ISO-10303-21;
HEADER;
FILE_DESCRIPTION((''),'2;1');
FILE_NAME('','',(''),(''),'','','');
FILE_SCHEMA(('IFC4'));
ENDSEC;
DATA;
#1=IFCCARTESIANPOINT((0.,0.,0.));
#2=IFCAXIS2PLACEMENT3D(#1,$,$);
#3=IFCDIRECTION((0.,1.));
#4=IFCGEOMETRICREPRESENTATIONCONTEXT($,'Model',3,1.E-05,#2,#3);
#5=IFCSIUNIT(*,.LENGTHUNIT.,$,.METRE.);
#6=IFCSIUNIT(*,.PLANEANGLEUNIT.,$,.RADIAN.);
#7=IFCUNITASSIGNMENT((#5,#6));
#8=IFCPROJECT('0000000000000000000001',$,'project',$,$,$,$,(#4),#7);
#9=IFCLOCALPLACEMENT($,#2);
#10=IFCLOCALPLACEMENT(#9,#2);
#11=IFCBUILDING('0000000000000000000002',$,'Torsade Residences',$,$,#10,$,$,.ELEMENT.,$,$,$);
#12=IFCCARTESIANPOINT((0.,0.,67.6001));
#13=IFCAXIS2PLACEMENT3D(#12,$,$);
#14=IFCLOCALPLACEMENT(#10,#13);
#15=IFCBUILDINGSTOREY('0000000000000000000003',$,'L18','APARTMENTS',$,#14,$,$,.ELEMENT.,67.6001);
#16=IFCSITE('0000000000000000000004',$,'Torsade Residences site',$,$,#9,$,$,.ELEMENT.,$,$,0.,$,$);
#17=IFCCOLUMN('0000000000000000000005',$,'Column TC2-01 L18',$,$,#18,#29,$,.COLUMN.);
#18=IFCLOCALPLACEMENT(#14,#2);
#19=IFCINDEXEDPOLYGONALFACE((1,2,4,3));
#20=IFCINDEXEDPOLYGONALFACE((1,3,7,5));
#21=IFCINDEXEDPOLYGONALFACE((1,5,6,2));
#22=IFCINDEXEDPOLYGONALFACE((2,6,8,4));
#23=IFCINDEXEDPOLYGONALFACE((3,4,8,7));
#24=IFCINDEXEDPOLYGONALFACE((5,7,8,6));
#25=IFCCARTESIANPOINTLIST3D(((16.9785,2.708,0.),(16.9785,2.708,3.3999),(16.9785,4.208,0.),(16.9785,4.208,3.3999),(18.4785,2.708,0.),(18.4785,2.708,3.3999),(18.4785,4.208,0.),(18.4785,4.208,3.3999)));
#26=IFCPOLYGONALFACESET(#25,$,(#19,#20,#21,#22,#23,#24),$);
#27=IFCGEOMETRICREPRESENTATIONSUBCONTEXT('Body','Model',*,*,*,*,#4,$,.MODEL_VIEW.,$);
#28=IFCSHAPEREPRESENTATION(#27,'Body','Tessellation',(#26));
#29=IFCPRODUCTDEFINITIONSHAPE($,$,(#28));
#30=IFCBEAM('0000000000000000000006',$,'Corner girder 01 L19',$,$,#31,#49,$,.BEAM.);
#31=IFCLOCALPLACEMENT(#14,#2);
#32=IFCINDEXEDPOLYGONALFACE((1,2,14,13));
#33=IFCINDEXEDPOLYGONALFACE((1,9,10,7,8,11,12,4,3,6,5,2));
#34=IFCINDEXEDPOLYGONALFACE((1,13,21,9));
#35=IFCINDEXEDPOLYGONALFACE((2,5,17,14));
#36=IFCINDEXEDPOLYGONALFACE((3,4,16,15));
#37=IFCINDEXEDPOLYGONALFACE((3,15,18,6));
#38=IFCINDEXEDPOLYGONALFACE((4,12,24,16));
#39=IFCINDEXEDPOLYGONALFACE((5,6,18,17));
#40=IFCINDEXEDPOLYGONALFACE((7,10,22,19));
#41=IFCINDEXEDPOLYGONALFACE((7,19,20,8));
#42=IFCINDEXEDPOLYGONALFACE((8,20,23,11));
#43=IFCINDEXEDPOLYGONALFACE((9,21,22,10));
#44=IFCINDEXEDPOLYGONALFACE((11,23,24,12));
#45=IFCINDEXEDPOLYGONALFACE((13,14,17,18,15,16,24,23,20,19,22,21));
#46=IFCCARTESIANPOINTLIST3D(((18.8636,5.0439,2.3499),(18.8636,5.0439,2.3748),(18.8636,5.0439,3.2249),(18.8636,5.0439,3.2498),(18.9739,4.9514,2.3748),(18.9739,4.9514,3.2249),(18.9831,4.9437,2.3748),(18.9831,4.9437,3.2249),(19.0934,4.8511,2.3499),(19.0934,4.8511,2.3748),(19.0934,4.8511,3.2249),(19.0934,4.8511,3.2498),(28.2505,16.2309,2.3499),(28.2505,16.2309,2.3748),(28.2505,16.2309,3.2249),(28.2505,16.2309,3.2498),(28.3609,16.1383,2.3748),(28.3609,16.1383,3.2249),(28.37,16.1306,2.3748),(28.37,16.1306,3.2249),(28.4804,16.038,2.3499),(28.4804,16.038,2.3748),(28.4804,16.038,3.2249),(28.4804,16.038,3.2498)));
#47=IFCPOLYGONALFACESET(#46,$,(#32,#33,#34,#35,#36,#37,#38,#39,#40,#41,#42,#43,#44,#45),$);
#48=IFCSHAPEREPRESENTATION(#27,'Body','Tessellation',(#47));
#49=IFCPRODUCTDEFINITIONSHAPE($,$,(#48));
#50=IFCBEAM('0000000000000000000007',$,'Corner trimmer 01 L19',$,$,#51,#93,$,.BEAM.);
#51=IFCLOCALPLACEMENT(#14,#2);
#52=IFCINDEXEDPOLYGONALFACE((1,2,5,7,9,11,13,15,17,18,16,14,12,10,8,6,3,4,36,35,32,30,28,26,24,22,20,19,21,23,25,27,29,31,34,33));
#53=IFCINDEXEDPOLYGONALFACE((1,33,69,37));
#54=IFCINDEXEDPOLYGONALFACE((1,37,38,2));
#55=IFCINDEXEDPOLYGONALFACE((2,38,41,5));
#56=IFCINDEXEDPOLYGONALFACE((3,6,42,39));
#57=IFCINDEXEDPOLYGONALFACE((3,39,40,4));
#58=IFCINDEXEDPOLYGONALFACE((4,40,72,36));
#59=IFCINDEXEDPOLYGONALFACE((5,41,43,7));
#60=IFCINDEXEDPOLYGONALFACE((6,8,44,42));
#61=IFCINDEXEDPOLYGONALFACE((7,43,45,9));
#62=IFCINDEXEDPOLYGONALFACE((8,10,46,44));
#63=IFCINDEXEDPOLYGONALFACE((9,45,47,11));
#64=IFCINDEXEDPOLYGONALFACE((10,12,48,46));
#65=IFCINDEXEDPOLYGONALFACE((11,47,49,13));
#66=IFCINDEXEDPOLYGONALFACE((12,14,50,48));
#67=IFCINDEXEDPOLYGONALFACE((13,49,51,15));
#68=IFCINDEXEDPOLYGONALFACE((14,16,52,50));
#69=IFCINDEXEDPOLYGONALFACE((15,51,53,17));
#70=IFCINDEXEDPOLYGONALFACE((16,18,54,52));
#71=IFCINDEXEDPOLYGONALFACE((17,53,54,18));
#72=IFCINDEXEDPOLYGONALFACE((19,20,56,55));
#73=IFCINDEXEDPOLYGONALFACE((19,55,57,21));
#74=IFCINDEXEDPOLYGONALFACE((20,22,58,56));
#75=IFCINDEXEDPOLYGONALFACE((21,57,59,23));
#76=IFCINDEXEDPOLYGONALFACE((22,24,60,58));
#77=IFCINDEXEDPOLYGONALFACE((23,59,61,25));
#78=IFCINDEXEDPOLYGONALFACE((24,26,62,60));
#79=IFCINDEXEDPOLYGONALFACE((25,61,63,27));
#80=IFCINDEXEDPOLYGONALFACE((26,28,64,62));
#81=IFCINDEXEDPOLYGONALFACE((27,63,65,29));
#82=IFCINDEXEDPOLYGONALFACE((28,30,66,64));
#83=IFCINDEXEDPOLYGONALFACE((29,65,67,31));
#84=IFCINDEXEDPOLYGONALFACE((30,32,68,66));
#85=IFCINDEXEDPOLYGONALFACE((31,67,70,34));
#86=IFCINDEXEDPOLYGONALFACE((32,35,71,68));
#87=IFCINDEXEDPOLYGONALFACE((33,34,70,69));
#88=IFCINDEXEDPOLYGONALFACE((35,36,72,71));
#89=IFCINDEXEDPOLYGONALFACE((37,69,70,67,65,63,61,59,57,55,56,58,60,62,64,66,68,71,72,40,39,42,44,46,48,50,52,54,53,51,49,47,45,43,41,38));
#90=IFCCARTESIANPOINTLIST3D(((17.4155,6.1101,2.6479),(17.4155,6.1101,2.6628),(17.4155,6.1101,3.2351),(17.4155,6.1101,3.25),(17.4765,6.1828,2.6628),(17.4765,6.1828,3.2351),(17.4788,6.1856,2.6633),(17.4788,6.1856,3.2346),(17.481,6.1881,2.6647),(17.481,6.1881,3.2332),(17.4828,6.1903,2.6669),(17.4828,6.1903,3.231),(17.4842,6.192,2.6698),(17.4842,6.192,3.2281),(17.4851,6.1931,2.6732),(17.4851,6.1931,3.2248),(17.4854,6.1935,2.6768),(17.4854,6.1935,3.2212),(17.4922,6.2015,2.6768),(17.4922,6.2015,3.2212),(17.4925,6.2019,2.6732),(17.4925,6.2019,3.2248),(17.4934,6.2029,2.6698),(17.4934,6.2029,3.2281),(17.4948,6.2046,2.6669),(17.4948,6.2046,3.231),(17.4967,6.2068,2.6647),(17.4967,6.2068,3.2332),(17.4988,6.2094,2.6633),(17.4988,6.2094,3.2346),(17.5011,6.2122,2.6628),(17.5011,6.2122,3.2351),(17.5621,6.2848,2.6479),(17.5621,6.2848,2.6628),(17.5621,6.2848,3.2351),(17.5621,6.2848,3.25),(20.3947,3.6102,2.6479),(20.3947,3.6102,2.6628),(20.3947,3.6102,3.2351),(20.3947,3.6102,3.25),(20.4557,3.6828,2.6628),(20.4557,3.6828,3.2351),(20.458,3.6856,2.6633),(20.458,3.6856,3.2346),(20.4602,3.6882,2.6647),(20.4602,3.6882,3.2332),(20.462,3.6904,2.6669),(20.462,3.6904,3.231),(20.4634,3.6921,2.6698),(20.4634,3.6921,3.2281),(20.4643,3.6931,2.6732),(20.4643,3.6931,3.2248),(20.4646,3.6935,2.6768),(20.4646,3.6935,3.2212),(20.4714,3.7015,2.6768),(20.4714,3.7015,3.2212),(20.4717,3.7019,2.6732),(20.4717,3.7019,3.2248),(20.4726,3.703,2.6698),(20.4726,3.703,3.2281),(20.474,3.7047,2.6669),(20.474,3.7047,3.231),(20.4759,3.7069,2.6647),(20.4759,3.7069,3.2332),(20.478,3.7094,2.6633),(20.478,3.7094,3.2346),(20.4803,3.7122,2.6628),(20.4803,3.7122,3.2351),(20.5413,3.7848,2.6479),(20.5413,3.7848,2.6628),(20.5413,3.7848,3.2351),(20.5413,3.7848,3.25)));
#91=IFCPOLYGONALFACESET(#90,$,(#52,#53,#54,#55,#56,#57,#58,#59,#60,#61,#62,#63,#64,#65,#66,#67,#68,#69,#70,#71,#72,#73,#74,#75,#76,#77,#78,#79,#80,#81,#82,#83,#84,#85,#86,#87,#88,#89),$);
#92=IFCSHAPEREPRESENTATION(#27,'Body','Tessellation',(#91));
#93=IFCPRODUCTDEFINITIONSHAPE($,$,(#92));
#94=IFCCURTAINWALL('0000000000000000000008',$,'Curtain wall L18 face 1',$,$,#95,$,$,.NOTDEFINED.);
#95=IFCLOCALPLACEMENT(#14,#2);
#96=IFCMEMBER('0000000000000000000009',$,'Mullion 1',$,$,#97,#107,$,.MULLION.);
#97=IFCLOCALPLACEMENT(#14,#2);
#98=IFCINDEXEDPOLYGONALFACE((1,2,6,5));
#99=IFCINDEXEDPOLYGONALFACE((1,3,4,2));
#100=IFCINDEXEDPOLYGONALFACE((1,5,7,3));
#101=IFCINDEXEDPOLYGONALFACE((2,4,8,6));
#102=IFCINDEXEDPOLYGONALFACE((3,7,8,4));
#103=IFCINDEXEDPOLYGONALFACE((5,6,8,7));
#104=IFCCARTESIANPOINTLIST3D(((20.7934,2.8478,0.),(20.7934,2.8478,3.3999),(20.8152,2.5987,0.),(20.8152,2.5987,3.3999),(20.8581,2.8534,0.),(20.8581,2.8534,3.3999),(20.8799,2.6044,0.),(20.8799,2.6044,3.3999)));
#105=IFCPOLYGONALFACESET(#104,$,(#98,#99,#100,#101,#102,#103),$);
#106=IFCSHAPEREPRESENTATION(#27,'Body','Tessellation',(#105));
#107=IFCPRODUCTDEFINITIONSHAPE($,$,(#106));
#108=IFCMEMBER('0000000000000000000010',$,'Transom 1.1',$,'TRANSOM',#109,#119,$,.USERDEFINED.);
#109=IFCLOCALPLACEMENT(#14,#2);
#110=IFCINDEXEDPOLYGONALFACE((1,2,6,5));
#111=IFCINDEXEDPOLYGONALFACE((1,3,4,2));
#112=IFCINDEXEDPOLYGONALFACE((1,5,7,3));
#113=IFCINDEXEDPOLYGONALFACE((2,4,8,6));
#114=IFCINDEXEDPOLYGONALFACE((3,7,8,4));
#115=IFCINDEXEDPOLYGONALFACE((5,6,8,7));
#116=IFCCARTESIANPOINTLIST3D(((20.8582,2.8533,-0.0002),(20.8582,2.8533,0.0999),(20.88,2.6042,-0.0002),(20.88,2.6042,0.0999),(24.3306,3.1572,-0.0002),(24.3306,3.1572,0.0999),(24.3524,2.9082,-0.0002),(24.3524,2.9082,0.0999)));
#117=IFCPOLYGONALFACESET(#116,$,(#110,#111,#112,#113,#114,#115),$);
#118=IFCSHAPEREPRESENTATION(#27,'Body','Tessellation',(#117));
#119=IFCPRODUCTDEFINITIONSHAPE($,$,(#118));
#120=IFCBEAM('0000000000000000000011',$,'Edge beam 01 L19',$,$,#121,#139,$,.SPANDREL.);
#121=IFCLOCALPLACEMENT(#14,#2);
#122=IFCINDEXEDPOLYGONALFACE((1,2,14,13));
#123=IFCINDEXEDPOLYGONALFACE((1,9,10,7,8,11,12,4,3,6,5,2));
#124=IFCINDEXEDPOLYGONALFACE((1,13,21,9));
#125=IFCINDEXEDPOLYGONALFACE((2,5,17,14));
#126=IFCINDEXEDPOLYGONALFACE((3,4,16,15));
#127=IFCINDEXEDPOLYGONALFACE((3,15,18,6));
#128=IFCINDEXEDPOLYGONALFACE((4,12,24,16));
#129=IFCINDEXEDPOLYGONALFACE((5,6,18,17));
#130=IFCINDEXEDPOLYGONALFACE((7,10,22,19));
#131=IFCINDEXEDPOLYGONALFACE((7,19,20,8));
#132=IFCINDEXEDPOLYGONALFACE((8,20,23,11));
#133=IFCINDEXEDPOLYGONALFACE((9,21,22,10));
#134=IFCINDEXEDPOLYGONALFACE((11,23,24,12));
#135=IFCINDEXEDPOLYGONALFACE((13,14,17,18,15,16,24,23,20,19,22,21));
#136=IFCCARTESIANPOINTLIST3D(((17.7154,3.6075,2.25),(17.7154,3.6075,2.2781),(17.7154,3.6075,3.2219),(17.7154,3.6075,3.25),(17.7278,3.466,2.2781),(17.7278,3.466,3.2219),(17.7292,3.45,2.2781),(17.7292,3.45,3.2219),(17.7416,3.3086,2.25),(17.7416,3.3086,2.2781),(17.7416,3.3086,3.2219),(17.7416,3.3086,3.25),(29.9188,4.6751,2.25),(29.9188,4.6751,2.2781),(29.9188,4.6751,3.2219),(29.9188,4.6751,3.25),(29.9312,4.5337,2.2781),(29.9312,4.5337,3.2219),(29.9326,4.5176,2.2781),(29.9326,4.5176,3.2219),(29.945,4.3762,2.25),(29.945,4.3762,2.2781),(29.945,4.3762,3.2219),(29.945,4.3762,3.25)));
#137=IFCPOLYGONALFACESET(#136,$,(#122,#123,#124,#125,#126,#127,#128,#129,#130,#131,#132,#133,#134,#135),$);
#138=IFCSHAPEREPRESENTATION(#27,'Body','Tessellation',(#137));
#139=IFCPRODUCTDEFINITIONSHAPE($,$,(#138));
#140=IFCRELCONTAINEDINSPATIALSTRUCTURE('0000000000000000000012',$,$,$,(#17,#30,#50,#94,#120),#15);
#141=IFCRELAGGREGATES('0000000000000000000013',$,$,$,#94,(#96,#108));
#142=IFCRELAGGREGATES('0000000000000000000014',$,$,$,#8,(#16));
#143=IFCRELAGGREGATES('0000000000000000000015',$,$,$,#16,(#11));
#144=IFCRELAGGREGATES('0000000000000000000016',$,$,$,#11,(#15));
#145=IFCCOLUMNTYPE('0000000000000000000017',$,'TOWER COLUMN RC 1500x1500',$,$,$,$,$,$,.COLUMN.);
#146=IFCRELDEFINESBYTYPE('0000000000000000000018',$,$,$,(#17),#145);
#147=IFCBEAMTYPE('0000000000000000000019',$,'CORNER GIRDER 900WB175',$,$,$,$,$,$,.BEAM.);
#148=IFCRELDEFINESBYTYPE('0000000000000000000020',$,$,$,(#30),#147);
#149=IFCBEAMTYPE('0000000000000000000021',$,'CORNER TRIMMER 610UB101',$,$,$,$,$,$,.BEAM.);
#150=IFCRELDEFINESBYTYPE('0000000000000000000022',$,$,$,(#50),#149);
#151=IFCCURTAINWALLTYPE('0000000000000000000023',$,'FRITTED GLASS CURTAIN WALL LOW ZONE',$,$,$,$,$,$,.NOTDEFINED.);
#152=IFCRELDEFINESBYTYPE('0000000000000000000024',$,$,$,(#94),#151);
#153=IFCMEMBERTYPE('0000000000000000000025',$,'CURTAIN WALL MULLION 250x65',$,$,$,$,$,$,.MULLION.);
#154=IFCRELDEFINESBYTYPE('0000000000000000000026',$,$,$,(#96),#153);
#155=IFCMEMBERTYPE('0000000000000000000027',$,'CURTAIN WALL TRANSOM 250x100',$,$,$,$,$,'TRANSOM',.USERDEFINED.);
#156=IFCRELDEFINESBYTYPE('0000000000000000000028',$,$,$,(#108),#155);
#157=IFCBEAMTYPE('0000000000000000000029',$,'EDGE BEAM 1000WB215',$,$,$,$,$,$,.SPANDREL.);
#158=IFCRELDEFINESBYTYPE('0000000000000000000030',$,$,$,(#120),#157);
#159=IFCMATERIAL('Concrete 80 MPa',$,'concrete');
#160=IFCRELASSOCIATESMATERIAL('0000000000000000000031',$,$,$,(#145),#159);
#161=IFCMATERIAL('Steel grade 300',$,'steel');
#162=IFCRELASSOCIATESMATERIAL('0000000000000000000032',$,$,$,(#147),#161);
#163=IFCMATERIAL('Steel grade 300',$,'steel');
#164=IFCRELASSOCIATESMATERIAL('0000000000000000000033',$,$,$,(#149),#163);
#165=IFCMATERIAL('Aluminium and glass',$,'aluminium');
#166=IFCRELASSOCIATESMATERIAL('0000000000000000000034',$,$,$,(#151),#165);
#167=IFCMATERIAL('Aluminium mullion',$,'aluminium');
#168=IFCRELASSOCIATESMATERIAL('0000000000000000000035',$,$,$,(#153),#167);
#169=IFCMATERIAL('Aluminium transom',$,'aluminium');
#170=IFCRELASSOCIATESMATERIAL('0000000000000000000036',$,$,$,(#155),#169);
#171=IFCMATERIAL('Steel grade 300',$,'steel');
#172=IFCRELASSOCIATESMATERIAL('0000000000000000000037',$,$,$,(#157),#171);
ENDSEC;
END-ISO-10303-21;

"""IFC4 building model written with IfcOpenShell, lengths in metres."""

from ifc_helpers import new_model, si_unit, direction, frame, origin, origin_2d, place, context, subcontext, project, spatial, rectangle, i_section, extrude, material, material_profile, profile_set, type_object, element, aggregate, save


model = new_model("IFC4")

# Units and contexts
model_context = context("Model", 3, precision=1e-05, world=origin(), true_north=direction((0.0, 1.0)))
body_context = subcontext(model_context, "Body", "Model", "MODEL_VIEW")
ifc_project = project(units=[si_unit("LENGTHUNIT", "METRE"), si_unit("PLANEANGLEUNIT", "RADIAN")], contexts=[model_context])

# Site, building, storey
site_placement = place(None, origin())
site = spatial("IfcSite", under=ifc_project, at=site_placement, Name="Torsade Residences site", CompositionType="ELEMENT", RefElevation=0.0)
building_placement = place(site_placement, origin())
building = spatial("IfcBuilding", under=site, at=building_placement, Name="Torsade Residences", CompositionType="ELEMENT")
storey_placement = place(building_placement, frame((0.0, 0.0, 67.6001)))
storey = spatial("IfcBuildingStorey", under=building, at=storey_placement, Name="L18", Description="APARTMENTS", CompositionType="ELEMENT", Elevation=67.6001)

# Column
ifc_material_1 = material(Name="Concrete 80 MPa", Category="concrete")
ifc_material_profile_1 = material_profile(ifc_material_1, rectangle(XDim=1.5, YDim=1.5, at=origin_2d()), Name="RC 1500x1500")
ifc_profile_set_1 = profile_set([ifc_material_profile_1], Name="Concrete 80 MPa")
column_type = type_object("IfcColumnType", Name="TOWER COLUMN RC 1500x1500", PredefinedType="COLUMN", material=ifc_profile_set_1)
column_placement = place(storey_placement, frame((17.7285, 3.458, 0.0), z_axis=(0.0, 0.0, 1.0), x_axis=(1.0, 0.0, 0.0)))
element("IfcColumn", 1, at=column_placement, inside=storey, type_object=column_type, Name="Column TC2-01 L18", PredefinedType="COLUMN", context=body_context, shape_type="SweptSolid", body=[
    extrude(rectangle(XDim=1.5, YDim=1.5, at=origin_2d()), origin(), (0.0, 0.0, 1.0), 3.3999),
])

# Beams
ifc_material_2 = material(Name="Steel grade 300", Category="steel")
ifc_material_profile_2 = material_profile(ifc_material_2, i_section(OverallWidth=0.3, OverallDepth=0.8999, WebThickness=0.012, FlangeThickness=0.0249, at=origin_2d()), Name="900WB175")
ifc_profile_set_2 = profile_set([ifc_material_profile_2], Name="Steel grade 300")
beam_type_1 = type_object("IfcBeamType", Name="CORNER GIRDER 900WB175", PredefinedType="BEAM", material=ifc_profile_set_2)
beam_1_placement = place(storey_placement, frame((18.9785, 4.9475, 2.7998), z_axis=(0.642785, 0.766046, 0.0), x_axis=(-0.766046, 0.642785, 0.0)))
element("IfcBeam", 2, at=beam_1_placement, inside=storey, type_object=beam_type_1, Name="Corner girder 01 L19", PredefinedType="BEAM", context=body_context, shape_type="SweptSolid", body=[
    extrude(i_section(OverallWidth=0.3, OverallDepth=0.8999, WebThickness=0.012, FlangeThickness=0.0249, at=origin_2d()), origin(), (0.0, 0.0, 1.0), 14.6035),
])
ifc_material_3 = material(Name="Steel grade 300", Category="steel")
ifc_material_profile_3 = material_profile(ifc_material_3, i_section(OverallWidth=0.228, OverallDepth=0.6021, WebThickness=0.0105, FlangeThickness=0.0149, FilletRadius=0.0139, at=origin_2d()), Name="610UB101")
ifc_profile_set_3 = profile_set([ifc_material_profile_3], Name="Steel grade 300")
beam_type_2 = type_object("IfcBeamType", Name="CORNER TRIMMER 610UB101", PredefinedType="BEAM", material=ifc_profile_set_3)
beam_2_placement = place(storey_placement, frame((20.468, 3.6975, 2.949), z_axis=(-0.76603, 0.642805, 0.0), x_axis=(-0.642805, -0.76603, 0.0)))
element("IfcBeam", 3, at=beam_2_placement, inside=storey, type_object=beam_type_2, Name="Corner trimmer 01 L19", PredefinedType="BEAM", context=body_context, shape_type="SweptSolid", body=[
    extrude(i_section(OverallWidth=0.228, OverallDepth=0.6021, WebThickness=0.0105, FlangeThickness=0.0149, FilletRadius=0.0139, at=origin_2d()), origin(), (0.0, 0.0, 1.0), 3.8892),
])

# Curtain wall, members
ifc_material_4 = material(Name="Aluminium and glass", Category="aluminium")
curtain_wall_type = type_object("IfcCurtainWallType", Name="FRITTED GLASS CURTAIN WALL LOW ZONE", PredefinedType="NOTDEFINED", material=ifc_material_4)
curtain_wall_placement = place(storey_placement, origin())
curtain_wall = element("IfcCurtainWall", 4, at=curtain_wall_placement, inside=storey, type_object=curtain_wall_type, Name="Curtain wall L18 face 1", PredefinedType="NOTDEFINED")
ifc_material_5 = material(Name="Aluminium mullion", Category="aluminium")
ifc_material_profile_4 = material_profile(ifc_material_5, rectangle(XDim=0.25, YDim=0.0649, at=origin_2d()), Name="CURTAIN WALL MULLION 250x65")
ifc_profile_set_4 = profile_set([ifc_material_profile_4], Name="Aluminium mullion")
member_type_1 = type_object("IfcMemberType", Name="CURTAIN WALL MULLION 250x65", PredefinedType="MULLION", material=ifc_profile_set_4)
member_1_placement = place(storey_placement, frame((20.8367, 2.7261, 0.0), z_axis=(0.0, 0.0, 1.0), x_axis=(-0.087156, 0.996195, 0.0)))
member_1 = element("IfcMember", 5, at=member_1_placement, type_object=member_type_1, Name="Mullion 1", PredefinedType="MULLION", context=body_context, shape_type="SweptSolid", body=[
    extrude(rectangle(XDim=0.25, YDim=0.0649, at=origin_2d()), origin(), (0.0, 0.0, 1.0), 3.3999),
])
ifc_material_6 = material(Name="Aluminium transom", Category="aluminium")
ifc_material_profile_5 = material_profile(ifc_material_6, rectangle(XDim=0.25, YDim=0.1001, at=origin_2d()), Name="CURTAIN WALL TRANSOM 250x100")
ifc_profile_set_5 = profile_set([ifc_material_profile_5], Name="Aluminium transom")
member_type_2 = type_object("IfcMemberType", Name="CURTAIN WALL TRANSOM 250x100", ElementType="TRANSOM", PredefinedType="USERDEFINED", material=ifc_profile_set_5)
member_2_placement = place(storey_placement, frame((20.8691, 2.7288, 0.0498), z_axis=(0.996191, 0.087201, 0.0), x_axis=(-0.087201, 0.996191, 0.0)))
member_2 = element("IfcMember", 6, at=member_2_placement, type_object=member_type_2, Name="Transom 1.1", ObjectType="TRANSOM", PredefinedType="USERDEFINED", context=body_context, shape_type="SweptSolid", body=[
    extrude(rectangle(XDim=0.25, YDim=0.1001, at=origin_2d()), origin(), (0.0, 0.0, 1.0), 3.4856),
])
aggregate(curtain_wall, [member_1, member_2])

# Beam
ifc_material_7 = material(Name="Steel grade 300", Category="steel")
ifc_material_profile_6 = material_profile(ifc_material_7, i_section(OverallWidth=0.3, OverallDepth=1.0, WebThickness=0.0161, FlangeThickness=0.0281, at=origin_2d()), Name="1000WB215")
ifc_profile_set_6 = profile_set([ifc_material_profile_6], Name="Steel grade 300")
beam_type_3 = type_object("IfcBeamType", Name="EDGE BEAM 1000WB215", PredefinedType="SPANDREL", material=ifc_profile_set_6)
beam_3_placement = place(storey_placement, frame((17.7285, 3.458, 2.75), z_axis=(0.996195, 0.087153, 0.0), x_axis=(-0.087153, 0.996195, 0.0)))
element("IfcBeam", 7, at=beam_3_placement, inside=storey, type_object=beam_type_3, Name="Edge beam 01 L19", PredefinedType="SPANDREL", context=body_context, shape_type="SweptSolid", body=[
    extrude(i_section(OverallWidth=0.3, OverallDepth=1.0, WebThickness=0.0161, FlangeThickness=0.0281, at=origin_2d()), origin(), (0.0, 0.0, 1.0), 12.25),
])

save(model, "model.ifc")
